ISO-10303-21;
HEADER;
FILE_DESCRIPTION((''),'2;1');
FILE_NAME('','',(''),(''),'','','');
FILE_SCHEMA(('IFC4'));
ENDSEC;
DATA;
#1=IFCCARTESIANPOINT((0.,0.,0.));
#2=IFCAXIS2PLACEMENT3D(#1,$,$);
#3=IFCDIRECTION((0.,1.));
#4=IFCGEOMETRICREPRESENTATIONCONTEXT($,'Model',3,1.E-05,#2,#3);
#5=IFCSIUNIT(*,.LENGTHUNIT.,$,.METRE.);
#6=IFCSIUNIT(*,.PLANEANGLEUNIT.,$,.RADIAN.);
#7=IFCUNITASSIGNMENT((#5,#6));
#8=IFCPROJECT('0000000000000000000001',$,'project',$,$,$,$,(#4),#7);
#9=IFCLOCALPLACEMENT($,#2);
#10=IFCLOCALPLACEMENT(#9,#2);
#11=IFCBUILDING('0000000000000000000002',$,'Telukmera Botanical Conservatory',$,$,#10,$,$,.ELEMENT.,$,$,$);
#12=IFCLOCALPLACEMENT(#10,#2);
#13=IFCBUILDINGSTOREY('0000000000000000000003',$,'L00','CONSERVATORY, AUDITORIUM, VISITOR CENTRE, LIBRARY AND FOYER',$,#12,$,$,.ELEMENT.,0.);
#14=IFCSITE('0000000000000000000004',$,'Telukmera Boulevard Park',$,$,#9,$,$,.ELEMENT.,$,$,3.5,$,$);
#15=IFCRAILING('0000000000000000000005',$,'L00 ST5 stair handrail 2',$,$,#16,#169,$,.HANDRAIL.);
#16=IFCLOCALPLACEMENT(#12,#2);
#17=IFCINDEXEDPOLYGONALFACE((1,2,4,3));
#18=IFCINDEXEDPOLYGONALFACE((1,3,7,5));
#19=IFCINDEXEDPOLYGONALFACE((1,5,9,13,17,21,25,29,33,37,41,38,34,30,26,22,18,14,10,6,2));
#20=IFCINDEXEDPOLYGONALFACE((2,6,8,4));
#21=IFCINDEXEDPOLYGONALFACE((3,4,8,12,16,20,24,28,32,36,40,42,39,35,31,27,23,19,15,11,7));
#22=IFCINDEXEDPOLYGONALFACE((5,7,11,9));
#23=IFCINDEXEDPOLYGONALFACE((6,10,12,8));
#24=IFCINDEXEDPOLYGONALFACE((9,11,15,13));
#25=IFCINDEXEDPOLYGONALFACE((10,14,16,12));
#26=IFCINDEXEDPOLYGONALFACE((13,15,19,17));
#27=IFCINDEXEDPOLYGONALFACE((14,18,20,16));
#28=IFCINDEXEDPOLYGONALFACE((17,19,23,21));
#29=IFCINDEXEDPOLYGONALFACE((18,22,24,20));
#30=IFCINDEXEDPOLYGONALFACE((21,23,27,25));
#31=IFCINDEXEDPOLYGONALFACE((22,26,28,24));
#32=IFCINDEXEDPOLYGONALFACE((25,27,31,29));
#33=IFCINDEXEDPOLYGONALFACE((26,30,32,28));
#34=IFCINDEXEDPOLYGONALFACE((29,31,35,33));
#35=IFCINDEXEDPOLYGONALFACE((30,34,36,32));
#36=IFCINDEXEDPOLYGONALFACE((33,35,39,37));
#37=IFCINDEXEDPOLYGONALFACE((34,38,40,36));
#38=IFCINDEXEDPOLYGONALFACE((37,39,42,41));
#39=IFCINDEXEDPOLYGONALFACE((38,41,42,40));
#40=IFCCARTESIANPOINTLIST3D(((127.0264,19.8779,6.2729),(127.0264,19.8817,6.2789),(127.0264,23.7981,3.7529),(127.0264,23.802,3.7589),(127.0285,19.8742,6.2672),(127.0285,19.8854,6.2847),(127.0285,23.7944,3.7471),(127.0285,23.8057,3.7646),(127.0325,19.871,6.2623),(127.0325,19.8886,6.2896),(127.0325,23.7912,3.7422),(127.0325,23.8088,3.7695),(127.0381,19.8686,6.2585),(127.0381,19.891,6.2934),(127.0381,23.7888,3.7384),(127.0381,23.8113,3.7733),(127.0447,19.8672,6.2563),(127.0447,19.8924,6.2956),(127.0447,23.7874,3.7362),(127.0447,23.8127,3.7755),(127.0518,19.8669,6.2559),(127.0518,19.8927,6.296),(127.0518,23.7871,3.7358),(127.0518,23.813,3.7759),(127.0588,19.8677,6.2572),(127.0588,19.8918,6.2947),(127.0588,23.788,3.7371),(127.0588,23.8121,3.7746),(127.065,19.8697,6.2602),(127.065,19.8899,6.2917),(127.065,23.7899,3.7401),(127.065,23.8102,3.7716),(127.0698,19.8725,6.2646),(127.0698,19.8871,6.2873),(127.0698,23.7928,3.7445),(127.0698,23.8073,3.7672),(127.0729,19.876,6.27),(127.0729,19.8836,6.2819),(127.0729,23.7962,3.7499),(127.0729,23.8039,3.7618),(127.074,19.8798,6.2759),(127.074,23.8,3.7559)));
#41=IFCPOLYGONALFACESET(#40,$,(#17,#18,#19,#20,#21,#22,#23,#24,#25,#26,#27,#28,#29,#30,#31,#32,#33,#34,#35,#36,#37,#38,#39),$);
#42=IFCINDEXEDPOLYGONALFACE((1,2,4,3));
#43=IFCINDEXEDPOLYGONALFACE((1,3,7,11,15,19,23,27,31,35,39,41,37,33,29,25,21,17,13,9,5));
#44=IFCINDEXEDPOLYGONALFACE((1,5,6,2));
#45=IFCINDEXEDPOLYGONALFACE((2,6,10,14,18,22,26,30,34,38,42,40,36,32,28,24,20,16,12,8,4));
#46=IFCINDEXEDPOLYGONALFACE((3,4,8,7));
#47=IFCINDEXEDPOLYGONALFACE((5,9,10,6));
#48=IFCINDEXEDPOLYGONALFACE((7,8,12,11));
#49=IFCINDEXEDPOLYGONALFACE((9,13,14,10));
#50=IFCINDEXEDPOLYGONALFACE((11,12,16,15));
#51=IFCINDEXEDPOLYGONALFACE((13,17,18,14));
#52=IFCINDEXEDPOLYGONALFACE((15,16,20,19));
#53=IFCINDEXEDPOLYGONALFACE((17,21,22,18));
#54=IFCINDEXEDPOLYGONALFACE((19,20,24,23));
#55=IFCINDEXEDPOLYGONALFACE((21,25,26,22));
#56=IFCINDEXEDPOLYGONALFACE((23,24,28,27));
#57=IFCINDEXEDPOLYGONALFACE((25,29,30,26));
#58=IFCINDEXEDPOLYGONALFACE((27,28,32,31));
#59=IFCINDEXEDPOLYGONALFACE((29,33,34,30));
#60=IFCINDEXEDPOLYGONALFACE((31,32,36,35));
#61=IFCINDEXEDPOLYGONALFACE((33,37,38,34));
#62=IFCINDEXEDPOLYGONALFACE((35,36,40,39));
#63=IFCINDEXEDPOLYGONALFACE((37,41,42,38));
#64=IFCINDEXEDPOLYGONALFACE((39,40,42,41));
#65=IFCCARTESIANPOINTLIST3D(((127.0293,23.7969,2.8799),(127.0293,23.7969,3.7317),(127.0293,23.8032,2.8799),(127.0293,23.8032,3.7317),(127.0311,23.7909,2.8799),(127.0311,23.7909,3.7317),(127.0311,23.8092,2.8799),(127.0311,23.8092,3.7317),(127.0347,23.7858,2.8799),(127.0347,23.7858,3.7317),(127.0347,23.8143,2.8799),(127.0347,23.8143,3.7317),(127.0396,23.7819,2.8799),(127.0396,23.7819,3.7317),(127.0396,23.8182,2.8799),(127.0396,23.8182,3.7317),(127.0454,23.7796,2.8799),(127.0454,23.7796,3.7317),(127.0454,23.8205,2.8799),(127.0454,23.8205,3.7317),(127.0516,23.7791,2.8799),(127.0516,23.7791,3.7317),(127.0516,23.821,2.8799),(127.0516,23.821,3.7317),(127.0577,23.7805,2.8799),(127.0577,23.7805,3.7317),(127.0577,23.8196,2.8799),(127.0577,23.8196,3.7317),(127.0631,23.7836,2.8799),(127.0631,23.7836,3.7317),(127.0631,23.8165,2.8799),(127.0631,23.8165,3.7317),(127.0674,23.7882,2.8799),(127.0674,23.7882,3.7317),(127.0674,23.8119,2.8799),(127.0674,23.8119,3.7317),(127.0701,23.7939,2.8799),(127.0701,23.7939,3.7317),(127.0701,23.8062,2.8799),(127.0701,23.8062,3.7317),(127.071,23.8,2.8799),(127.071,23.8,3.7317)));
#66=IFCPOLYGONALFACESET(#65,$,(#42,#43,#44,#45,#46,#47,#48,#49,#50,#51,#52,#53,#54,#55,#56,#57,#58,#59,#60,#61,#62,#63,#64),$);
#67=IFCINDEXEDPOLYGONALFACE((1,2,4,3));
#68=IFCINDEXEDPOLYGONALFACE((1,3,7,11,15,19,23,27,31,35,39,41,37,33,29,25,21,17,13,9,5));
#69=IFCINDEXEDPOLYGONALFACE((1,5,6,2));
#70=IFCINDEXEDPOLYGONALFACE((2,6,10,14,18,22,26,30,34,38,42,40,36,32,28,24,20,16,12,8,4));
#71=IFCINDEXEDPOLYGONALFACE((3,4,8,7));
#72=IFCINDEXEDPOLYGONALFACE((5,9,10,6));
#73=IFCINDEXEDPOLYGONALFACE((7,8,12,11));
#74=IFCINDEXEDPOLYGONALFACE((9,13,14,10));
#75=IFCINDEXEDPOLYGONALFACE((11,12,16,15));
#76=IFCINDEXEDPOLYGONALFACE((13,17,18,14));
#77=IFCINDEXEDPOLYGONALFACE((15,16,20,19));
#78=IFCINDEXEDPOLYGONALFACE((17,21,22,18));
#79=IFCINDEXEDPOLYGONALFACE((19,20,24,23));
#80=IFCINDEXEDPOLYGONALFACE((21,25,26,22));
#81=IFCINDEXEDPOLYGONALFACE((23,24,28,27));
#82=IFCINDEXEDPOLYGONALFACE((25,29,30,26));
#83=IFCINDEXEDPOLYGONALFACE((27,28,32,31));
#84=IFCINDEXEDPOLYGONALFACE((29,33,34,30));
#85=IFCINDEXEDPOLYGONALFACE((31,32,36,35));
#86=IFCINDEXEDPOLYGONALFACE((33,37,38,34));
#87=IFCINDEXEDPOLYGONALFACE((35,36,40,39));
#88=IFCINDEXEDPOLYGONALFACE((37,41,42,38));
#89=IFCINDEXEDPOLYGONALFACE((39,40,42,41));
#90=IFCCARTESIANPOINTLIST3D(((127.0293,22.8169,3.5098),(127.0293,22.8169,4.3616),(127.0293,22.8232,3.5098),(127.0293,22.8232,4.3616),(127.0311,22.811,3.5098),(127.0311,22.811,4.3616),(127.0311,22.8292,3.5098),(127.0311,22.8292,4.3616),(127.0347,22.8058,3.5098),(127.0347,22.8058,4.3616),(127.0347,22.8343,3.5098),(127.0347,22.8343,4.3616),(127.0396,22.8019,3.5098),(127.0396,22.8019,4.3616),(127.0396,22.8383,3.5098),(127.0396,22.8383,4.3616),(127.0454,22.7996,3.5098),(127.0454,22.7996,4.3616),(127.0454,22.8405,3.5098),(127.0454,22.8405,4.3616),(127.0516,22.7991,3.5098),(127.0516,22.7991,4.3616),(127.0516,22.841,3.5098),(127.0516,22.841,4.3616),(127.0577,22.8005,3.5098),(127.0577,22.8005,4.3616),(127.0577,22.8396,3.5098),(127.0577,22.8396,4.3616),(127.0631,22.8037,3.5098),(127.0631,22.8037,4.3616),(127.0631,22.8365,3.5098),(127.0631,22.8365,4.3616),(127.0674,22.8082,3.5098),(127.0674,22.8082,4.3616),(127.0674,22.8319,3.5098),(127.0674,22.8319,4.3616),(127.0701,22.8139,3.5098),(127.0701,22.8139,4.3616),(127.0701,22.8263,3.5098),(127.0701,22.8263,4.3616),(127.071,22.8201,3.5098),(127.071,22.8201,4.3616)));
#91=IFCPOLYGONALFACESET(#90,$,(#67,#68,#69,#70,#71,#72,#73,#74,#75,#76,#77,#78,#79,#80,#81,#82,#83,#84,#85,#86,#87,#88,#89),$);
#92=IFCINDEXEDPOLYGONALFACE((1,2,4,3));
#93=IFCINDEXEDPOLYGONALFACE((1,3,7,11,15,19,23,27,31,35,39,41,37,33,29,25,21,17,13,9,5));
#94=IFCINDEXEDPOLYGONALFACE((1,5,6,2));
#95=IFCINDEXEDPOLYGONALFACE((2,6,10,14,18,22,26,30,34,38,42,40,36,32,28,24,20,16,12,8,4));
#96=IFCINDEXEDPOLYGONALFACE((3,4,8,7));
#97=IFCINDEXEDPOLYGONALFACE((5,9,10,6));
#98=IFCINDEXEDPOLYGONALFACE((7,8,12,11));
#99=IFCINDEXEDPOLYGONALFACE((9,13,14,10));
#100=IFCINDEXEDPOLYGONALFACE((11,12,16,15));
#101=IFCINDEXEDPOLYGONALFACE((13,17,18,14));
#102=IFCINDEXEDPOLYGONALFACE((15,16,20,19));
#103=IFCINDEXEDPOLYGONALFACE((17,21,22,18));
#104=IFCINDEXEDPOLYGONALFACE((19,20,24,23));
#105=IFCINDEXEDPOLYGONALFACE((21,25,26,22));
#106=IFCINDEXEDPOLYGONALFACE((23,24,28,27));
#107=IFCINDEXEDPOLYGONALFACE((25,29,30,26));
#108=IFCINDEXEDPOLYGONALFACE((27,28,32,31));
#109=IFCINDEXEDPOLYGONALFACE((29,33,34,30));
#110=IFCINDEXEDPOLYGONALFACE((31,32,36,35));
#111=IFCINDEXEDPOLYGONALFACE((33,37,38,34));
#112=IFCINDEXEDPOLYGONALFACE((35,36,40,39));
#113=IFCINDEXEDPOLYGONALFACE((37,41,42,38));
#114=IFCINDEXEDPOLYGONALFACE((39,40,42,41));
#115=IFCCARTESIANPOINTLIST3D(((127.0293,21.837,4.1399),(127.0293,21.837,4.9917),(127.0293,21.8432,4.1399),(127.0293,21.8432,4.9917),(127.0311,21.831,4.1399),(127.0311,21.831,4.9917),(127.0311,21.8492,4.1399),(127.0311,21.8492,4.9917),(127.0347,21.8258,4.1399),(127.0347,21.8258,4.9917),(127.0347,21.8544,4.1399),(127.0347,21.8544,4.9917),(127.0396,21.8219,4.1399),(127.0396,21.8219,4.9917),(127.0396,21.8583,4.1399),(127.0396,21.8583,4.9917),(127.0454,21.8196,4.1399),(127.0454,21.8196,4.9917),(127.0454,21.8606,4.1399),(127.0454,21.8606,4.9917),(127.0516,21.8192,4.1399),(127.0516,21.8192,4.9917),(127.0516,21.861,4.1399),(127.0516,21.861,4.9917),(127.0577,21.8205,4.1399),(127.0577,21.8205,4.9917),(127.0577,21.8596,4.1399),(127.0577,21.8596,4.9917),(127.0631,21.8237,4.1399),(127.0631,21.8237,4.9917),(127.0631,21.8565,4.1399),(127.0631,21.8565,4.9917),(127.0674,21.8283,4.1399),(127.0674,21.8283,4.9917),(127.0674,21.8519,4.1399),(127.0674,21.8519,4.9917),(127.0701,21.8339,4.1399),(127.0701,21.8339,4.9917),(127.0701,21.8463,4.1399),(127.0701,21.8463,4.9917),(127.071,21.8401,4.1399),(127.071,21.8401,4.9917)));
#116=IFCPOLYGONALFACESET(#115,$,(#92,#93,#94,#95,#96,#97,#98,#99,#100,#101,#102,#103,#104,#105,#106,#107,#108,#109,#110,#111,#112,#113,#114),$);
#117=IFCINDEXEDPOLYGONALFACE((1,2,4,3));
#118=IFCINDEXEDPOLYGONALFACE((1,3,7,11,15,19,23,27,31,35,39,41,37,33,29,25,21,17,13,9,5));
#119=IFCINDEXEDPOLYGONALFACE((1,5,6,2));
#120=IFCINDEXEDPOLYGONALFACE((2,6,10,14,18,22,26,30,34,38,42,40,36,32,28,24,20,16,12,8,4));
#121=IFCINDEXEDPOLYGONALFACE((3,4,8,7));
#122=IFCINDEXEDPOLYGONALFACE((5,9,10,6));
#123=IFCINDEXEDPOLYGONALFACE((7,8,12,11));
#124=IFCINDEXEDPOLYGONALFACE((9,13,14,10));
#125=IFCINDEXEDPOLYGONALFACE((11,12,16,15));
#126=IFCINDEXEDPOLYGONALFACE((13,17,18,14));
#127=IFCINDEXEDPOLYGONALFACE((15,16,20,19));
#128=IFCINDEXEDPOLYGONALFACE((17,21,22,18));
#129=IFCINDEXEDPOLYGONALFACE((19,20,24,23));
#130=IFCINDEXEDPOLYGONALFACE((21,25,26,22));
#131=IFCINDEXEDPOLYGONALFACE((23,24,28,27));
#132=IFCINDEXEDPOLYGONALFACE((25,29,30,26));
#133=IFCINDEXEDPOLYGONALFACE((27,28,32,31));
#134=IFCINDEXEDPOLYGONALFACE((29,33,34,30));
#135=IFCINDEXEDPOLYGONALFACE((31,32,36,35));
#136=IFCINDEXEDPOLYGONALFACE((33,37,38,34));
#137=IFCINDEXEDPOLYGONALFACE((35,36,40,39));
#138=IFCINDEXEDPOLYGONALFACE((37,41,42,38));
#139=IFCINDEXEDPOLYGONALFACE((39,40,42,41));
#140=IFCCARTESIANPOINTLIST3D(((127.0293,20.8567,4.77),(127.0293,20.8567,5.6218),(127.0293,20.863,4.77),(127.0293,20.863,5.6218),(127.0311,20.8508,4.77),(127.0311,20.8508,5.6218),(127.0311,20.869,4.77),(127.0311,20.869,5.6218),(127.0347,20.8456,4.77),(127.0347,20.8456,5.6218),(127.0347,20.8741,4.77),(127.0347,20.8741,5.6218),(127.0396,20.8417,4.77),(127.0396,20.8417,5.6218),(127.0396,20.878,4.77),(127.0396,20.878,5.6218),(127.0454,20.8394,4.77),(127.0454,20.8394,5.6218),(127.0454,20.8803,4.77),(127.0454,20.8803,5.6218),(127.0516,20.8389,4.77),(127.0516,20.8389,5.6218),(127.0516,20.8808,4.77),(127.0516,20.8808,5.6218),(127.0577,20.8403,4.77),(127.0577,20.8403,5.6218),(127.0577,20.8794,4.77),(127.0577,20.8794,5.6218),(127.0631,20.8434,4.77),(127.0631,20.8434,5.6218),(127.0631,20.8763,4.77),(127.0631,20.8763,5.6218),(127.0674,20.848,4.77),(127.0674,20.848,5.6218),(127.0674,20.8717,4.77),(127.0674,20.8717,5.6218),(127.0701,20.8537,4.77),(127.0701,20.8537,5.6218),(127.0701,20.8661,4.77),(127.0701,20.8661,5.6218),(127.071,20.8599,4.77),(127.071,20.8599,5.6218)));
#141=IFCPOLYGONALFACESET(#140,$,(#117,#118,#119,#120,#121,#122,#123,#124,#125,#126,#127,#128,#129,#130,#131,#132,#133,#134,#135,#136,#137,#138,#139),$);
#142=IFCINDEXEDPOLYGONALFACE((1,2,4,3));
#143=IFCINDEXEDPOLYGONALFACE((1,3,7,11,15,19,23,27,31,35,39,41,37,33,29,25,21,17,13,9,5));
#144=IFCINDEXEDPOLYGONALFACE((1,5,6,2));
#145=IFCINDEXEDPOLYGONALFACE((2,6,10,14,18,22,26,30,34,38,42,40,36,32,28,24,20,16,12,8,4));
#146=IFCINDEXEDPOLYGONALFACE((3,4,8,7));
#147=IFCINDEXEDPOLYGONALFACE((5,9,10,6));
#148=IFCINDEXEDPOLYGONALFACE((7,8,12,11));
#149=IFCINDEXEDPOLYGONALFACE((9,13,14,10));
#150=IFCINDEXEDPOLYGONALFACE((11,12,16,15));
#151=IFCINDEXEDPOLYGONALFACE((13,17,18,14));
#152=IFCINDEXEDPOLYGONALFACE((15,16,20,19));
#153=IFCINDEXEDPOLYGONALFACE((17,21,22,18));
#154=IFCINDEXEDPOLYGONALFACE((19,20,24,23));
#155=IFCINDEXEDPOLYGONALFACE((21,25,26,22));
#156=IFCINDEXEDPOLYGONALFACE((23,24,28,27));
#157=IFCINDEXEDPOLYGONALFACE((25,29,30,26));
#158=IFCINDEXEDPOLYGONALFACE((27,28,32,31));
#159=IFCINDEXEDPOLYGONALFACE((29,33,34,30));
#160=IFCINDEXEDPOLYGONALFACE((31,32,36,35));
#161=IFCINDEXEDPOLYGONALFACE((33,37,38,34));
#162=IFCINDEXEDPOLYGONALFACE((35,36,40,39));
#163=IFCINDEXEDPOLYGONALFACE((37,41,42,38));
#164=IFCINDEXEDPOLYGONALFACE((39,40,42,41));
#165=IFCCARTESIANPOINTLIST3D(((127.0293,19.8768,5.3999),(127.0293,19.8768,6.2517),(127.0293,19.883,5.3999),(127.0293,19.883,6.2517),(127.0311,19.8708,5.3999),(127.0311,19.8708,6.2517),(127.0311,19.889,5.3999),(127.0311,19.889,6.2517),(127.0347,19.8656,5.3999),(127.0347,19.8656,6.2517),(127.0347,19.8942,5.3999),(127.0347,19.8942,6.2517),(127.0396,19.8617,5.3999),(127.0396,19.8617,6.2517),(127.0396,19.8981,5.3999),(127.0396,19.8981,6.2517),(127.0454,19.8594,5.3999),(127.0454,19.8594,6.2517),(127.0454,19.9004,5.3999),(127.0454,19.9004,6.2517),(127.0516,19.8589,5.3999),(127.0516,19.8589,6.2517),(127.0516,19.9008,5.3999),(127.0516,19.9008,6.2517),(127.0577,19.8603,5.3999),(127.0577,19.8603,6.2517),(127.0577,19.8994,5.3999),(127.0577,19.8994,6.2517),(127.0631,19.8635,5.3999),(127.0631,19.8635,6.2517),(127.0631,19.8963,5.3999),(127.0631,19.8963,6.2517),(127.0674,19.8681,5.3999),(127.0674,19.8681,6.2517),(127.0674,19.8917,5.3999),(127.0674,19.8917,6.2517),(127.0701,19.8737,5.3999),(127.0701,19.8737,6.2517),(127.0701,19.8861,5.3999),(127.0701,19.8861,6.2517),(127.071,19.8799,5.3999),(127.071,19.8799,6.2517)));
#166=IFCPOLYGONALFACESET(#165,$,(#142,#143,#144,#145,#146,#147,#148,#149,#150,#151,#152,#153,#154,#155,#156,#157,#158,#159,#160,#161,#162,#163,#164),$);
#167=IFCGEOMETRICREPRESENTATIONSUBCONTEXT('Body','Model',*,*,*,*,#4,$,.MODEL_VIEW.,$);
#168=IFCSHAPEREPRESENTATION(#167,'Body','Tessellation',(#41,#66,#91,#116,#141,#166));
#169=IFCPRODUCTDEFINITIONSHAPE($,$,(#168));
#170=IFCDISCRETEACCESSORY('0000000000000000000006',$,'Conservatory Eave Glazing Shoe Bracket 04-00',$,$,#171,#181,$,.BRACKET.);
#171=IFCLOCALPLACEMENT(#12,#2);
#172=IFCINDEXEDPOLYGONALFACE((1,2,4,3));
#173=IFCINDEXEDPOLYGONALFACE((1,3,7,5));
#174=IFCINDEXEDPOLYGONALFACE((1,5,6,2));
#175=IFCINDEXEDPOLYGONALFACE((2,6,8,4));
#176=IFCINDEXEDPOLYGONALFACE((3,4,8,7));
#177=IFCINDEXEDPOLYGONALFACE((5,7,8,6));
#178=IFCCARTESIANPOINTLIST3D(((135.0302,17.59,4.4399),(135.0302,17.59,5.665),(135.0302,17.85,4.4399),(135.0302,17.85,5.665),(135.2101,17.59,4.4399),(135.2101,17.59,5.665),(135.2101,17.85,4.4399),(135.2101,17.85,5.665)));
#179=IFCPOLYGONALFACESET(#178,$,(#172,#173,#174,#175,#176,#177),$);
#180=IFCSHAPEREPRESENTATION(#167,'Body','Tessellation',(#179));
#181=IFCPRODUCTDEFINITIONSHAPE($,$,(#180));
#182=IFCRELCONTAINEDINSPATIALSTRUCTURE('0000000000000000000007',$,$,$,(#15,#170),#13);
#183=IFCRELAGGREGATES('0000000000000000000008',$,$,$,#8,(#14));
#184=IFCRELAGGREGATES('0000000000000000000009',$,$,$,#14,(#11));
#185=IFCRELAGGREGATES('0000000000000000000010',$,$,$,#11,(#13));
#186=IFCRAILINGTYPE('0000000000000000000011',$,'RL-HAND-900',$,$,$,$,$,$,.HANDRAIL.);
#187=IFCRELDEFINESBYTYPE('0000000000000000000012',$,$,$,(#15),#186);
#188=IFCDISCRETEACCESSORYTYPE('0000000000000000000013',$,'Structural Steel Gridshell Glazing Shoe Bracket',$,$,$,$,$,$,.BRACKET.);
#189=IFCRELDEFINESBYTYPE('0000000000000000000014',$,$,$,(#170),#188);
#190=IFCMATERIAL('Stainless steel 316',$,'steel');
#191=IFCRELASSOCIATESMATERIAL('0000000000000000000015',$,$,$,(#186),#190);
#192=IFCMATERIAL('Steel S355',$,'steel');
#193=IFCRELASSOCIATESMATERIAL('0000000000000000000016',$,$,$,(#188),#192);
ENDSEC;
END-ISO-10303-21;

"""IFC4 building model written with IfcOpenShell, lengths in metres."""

from ifc_helpers import new_model, si_unit, direction, frame, origin, origin_2d, place, context, subcontext, project, spatial, rectangle, circle, extrude, material, type_object, element, save


model = new_model("IFC4")

# Units and contexts
model_context = context("Model", 3, precision=1e-05, world=origin(), true_north=direction((0.0, 1.0)))
body_context = subcontext(model_context, "Body", "Model", "MODEL_VIEW")
ifc_project = project(units=[si_unit("LENGTHUNIT", "METRE"), si_unit("PLANEANGLEUNIT", "RADIAN")], contexts=[model_context])

# Site, building, storey
site_placement = place(None, origin())
site = spatial("IfcSite", under=ifc_project, at=site_placement, Name="Telukmera Boulevard Park", CompositionType="ELEMENT", RefElevation=3.5)
building_placement = place(site_placement, origin())
building = spatial("IfcBuilding", under=site, at=building_placement, Name="Telukmera Botanical Conservatory", CompositionType="ELEMENT")
storey_placement = place(building_placement, origin())
storey = spatial("IfcBuildingStorey", under=building, at=storey_placement, Name="L00", Description="CONSERVATORY, AUDITORIUM, VISITOR CENTRE, LIBRARY AND FOYER", CompositionType="ELEMENT", Elevation=0.0)

# Shared definitions
ifc_material_1 = material(Name="Steel S355", Category="steel")

# Railing
ifc_material_2 = material(Name="Stainless steel 316", Category="steel")
railing_type_1 = type_object("IfcRailingType", Name="RL-HAND-900", PredefinedType="HANDRAIL", material=ifc_material_2)
railing_1_placement = place(storey_placement, frame((127.05, 23.8, 2.8799)))
element("IfcRailing", 1, at=railing_1_placement, inside=storey, type_object=railing_type_1, Name="L00 ST5 stair handrail 2", PredefinedType="HANDRAIL", context=body_context, shape_type="SweptSolid", body=[
    extrude(circle(Radius=0.0239, at=origin_2d()), frame((0.0, 0.0, 0.876), z_axis=(0.0, -0.841187, 0.540744), x_axis=(1.0, 0.0, 0.0)), (0.0, 0.0, 1.0), 4.6604),
    extrude(circle(Radius=0.021, at=origin_2d()), origin(), (0.0, 0.0, 1.0), 0.8518),
    extrude(circle(Radius=0.021, at=origin_2d()), frame((0.0, -0.98, 0.6299)), (0.0, 0.0, 1.0), 0.8518),
    extrude(circle(Radius=0.021, at=origin_2d()), frame((0.0, -1.96, 1.26)), (0.0, 0.0, 1.0), 0.8518),
    extrude(circle(Radius=0.021, at=origin_2d()), frame((0.0, -2.9402, 1.8901)), (0.0, 0.0, 1.0), 0.8518),
    extrude(circle(Radius=0.021, at=origin_2d()), frame((0.0, -3.9202, 2.52)), (0.0, 0.0, 1.0), 0.8518),
])

# Discrete accessory
discrete_accessory_type = type_object("IfcDiscreteAccessoryType", Name="Structural Steel Gridshell Glazing Shoe Bracket", PredefinedType="BRACKET", material=ifc_material_1)
discrete_accessory_placement = place(storey_placement, frame((135.1201, 17.72, 4.4399), z_axis=(0.0, 0.0, 1.0), x_axis=(1.0, 0.0, 0.0)))
element("IfcDiscreteAccessory", 2, at=discrete_accessory_placement, inside=storey, type_object=discrete_accessory_type, Name="Conservatory Eave Glazing Shoe Bracket 04-00", PredefinedType="BRACKET", context=body_context, shape_type="SweptSolid", body=[
    extrude(rectangle(XDim=0.1799, YDim=0.26, at=origin_2d()), origin(), (0.0, 0.0, 1.0), 1.2251),
])

save(model, "model.ifc")
